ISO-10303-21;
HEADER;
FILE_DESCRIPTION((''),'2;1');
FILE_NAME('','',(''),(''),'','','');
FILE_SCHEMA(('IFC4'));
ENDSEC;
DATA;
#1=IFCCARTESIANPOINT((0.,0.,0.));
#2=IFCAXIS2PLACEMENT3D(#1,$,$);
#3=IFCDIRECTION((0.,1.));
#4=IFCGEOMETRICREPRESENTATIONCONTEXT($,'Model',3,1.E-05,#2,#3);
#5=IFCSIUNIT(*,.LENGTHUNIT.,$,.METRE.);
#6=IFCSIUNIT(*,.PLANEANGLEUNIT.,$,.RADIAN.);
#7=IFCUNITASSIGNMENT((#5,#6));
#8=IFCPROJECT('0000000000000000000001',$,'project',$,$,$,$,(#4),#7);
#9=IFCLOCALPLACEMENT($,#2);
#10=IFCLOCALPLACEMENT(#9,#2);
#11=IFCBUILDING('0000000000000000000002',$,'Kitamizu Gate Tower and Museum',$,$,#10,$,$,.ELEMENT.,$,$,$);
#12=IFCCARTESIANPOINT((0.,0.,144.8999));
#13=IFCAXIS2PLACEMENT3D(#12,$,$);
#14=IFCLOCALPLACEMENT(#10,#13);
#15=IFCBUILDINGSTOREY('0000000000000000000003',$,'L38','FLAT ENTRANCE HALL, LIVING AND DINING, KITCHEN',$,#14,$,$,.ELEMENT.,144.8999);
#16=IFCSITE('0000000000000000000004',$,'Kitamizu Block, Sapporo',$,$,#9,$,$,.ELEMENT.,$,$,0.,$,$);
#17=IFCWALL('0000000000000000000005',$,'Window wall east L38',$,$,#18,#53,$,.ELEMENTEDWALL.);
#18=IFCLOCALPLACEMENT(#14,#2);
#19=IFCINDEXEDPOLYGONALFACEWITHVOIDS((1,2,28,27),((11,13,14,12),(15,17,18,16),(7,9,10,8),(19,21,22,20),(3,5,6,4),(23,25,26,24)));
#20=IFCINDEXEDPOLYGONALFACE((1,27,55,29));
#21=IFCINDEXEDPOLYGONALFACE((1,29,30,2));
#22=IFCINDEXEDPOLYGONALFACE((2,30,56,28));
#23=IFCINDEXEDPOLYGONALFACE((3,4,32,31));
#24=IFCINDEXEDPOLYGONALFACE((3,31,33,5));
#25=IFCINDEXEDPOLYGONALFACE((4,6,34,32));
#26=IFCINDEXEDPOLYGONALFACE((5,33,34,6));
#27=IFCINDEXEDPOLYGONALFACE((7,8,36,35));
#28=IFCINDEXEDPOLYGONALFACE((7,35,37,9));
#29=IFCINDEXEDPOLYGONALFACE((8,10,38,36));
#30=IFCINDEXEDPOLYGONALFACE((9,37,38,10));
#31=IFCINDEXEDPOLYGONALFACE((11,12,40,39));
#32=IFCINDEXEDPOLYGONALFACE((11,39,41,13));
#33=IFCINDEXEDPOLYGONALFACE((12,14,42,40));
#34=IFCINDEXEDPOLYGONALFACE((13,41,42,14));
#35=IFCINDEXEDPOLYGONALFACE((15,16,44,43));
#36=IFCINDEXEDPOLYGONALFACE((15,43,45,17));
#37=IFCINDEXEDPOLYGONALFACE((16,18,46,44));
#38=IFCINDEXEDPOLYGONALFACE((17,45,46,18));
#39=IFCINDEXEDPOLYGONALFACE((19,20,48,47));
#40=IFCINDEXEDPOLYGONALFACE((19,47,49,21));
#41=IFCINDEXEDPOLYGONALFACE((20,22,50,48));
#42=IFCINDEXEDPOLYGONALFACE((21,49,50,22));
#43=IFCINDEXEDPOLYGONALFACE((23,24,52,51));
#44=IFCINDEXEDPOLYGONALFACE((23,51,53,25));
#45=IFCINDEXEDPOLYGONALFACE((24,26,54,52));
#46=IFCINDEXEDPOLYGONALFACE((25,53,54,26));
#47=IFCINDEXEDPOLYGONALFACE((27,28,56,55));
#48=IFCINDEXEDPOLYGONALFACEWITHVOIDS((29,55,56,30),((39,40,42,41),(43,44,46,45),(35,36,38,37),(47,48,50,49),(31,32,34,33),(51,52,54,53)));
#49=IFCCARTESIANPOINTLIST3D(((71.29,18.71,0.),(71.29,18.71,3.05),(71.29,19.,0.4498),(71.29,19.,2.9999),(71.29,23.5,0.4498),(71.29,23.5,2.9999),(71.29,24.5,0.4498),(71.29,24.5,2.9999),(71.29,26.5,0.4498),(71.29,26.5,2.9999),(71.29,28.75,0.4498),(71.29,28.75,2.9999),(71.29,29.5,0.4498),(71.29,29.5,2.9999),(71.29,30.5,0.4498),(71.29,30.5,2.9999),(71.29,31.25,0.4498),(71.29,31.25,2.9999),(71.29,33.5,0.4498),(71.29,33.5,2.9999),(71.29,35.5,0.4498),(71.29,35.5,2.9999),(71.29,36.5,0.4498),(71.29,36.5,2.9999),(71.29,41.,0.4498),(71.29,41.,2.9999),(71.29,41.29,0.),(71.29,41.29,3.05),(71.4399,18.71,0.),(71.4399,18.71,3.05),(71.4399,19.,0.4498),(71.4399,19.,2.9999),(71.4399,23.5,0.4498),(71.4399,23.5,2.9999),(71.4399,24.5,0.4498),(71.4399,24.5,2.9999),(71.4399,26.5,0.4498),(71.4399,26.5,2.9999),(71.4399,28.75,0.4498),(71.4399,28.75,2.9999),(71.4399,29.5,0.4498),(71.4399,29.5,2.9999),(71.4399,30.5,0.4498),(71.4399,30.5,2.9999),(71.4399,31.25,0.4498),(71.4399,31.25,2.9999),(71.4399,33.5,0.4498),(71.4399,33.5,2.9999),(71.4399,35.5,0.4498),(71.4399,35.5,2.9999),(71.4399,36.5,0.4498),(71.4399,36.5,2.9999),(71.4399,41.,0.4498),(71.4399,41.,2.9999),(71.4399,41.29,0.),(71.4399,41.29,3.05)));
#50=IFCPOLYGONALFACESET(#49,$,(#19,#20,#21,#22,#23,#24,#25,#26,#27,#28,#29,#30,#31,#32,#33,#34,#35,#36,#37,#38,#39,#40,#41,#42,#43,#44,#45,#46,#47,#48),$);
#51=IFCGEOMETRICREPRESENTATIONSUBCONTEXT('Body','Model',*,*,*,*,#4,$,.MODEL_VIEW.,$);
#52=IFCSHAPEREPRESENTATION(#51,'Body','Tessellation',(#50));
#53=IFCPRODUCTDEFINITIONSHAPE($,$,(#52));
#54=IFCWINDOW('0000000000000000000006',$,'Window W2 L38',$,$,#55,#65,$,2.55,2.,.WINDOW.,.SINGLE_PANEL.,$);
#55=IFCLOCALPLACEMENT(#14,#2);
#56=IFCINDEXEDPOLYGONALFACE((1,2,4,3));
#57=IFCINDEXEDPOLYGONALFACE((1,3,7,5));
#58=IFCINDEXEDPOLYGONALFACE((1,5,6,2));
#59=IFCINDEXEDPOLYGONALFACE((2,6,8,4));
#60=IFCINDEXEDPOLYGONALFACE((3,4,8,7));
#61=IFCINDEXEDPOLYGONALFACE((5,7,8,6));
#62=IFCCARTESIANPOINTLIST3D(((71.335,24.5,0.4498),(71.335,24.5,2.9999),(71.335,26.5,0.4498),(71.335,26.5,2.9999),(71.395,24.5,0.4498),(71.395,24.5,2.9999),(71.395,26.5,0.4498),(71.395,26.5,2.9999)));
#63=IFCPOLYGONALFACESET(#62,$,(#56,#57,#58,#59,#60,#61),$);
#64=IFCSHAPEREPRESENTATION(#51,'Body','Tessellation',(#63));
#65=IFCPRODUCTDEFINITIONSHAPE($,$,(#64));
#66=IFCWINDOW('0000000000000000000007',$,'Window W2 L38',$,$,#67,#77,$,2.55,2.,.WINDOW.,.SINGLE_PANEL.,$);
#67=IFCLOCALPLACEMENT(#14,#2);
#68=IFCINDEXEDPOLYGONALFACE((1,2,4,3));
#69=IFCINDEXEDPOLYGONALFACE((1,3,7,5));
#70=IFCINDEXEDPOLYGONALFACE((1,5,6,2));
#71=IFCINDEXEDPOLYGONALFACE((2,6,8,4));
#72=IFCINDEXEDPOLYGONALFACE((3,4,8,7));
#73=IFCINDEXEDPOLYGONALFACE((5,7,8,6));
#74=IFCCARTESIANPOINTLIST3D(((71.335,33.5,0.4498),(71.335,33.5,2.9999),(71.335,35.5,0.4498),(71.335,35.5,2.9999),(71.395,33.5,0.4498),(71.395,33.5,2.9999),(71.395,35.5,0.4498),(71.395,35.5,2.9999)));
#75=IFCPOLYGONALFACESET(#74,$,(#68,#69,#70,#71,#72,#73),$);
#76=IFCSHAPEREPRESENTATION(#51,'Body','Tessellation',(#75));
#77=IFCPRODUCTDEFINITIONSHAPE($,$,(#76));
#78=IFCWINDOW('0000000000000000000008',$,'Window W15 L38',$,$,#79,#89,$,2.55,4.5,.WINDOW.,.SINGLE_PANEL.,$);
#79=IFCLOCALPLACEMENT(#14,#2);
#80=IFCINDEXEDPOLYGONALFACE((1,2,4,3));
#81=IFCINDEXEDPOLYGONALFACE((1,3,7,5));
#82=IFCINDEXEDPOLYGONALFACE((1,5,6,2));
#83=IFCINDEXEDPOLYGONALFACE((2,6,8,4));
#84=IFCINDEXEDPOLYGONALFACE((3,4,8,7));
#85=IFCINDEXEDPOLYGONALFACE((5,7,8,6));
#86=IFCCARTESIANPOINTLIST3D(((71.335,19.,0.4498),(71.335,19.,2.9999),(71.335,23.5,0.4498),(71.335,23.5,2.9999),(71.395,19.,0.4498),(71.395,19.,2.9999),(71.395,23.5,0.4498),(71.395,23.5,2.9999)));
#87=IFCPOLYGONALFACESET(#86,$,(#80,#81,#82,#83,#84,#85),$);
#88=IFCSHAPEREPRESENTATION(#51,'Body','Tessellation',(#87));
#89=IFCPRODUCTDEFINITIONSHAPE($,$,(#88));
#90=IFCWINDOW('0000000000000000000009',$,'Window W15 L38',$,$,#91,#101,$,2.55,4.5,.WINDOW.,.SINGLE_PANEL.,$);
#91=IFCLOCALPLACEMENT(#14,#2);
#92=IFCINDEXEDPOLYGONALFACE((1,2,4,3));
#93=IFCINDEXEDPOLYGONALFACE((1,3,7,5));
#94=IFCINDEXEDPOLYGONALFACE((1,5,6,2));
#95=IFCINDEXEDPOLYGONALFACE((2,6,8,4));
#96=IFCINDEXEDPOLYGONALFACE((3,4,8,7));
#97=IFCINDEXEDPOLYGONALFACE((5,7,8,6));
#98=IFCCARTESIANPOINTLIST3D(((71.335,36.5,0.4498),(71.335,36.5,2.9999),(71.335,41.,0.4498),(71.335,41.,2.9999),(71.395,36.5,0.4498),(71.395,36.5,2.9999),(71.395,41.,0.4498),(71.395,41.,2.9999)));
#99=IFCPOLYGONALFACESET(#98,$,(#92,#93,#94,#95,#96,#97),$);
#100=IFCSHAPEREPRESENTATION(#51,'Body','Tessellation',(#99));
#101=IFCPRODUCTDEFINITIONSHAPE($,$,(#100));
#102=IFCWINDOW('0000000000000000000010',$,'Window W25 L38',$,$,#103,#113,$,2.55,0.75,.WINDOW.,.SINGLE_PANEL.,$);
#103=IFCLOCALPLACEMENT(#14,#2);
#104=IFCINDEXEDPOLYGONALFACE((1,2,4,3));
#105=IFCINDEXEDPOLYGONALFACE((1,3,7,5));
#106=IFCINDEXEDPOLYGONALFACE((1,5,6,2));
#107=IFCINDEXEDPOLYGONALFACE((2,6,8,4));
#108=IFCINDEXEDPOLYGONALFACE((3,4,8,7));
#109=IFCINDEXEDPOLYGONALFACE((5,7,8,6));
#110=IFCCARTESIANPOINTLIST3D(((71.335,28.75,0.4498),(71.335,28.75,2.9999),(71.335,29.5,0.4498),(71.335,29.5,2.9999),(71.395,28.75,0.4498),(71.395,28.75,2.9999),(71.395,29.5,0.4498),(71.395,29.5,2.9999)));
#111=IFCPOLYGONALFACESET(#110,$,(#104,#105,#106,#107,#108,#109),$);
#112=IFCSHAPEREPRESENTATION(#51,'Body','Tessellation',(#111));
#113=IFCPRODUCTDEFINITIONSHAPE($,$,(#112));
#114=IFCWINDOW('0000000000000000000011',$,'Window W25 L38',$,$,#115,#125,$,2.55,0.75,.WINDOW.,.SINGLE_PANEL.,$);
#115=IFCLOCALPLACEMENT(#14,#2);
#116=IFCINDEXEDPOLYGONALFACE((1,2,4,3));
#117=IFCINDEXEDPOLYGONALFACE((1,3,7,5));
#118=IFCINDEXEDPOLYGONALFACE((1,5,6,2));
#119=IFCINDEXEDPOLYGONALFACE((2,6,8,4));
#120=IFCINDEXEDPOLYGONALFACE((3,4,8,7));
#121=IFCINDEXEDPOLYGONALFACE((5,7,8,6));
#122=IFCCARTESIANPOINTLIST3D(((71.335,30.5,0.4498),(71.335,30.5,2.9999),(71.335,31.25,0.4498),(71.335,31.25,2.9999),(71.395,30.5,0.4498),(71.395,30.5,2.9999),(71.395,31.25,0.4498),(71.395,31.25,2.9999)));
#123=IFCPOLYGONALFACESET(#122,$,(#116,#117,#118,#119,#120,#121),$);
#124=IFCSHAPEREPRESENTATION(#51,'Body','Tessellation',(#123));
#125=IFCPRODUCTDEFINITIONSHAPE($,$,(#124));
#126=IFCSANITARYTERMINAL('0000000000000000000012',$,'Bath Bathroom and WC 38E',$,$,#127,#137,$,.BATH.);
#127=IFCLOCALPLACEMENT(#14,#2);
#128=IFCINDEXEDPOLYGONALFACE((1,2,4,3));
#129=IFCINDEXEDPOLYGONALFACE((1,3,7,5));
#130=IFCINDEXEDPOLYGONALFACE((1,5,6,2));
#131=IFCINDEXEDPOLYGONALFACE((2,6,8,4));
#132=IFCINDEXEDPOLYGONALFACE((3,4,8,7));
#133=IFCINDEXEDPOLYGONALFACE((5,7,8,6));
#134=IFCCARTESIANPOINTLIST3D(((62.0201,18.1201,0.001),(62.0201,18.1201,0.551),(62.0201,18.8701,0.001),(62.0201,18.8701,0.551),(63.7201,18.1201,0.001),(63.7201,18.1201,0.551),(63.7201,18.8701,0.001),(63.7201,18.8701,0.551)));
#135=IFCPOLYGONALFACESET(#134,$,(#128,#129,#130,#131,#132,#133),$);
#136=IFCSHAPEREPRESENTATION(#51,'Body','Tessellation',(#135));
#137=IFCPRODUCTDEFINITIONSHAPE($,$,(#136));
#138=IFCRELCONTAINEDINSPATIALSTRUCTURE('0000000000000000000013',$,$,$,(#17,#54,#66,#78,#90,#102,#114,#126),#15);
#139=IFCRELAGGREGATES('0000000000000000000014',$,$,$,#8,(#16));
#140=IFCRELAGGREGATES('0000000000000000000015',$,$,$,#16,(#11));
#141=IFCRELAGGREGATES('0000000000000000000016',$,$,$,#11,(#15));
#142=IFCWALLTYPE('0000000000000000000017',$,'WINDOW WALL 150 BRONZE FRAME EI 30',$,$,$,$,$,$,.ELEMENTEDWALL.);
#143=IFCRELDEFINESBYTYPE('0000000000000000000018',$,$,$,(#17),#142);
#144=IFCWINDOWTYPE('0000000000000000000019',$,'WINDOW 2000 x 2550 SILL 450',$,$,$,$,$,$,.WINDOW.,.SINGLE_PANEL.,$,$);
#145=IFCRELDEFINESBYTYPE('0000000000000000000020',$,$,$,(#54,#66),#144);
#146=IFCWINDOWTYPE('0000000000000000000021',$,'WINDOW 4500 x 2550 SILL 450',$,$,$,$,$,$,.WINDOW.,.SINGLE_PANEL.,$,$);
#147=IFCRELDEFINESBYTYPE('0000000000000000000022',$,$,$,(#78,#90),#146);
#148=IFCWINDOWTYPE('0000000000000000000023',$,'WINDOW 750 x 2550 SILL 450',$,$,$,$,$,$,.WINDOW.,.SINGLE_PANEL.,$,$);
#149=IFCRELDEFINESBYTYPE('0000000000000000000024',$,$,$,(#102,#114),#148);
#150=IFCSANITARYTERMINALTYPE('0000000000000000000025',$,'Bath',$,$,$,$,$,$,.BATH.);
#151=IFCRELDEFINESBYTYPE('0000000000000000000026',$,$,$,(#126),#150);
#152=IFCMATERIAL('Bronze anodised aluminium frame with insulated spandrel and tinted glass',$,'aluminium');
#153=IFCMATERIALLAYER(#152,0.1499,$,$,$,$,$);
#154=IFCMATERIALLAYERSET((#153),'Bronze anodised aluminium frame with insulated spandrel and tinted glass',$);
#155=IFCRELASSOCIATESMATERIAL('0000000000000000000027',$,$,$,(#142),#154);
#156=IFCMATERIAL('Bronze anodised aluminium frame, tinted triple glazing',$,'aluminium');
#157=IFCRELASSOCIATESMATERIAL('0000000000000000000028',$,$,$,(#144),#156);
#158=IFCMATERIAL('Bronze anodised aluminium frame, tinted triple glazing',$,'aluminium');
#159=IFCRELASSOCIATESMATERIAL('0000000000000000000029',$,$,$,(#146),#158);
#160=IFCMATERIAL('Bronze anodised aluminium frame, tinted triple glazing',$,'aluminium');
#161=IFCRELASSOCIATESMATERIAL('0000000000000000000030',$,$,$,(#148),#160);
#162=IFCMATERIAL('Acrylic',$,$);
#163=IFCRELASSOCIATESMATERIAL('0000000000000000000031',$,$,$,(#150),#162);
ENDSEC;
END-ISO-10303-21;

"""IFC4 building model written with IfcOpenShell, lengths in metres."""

from ifc_helpers import new_model, si_unit, direction, frame, frame_2d, origin, origin_2d, place, context, subcontext, project, spatial, rectangle, extrude, material, layer, layer_set, type_object, element, fill, save


model = new_model("IFC4")

# Units and contexts
model_context = context("Model", 3, precision=1e-05, world=origin(), true_north=direction((0.0, 1.0)))
body_context = subcontext(model_context, "Body", "Model", "MODEL_VIEW")
ifc_project = project(units=[si_unit("LENGTHUNIT", "METRE"), si_unit("PLANEANGLEUNIT", "RADIAN")], contexts=[model_context])

# Site, building, storey
site_placement = place(None, origin())
site = spatial("IfcSite", under=ifc_project, at=site_placement, Name="Kitamizu Block, Sapporo", CompositionType="ELEMENT", RefElevation=0.0)
building_placement = place(site_placement, origin())
building = spatial("IfcBuilding", under=site, at=building_placement, Name="Kitamizu Gate Tower and Museum", CompositionType="ELEMENT")
storey_placement = place(building_placement, frame((0.0, 0.0, 144.8999)))
storey = spatial("IfcBuildingStorey", under=building, at=storey_placement, Name="L38", Description="FLAT ENTRANCE HALL, LIVING AND DINING, KITCHEN", CompositionType="ELEMENT", Elevation=144.8999)

# Shared definitions
ifc_material_1 = material(Name="Bronze anodised aluminium frame with insulated spandrel and tinted glass", Category="aluminium")
ifc_layer_1 = layer(ifc_material_1, 0.1499)
ifc_layer_set_1 = layer_set([ifc_layer_1], Name="Bronze anodised aluminium frame with insulated spandrel and tinted glass")
wall_type_1 = type_object("IfcWallType", Name="WINDOW WALL 150 BRONZE FRAME EI 30", PredefinedType="ELEMENTEDWALL", material=ifc_layer_set_1)

# Wall, openings, windows
wall_1_placement = place(storey_placement, frame((71.365, 18.71, 0.0), z_axis=(0.0, 0.0, 1.0), x_axis=(0.0, 1.0, 0.0)))
wall_1 = element("IfcWall", 1, at=wall_1_placement, inside=storey, type_object=wall_type_1, Name="Window wall east L38", PredefinedType="ELEMENTEDWALL", context=body_context, shape_type="SweptSolid", body=[
    extrude(rectangle(XDim=22.5801, YDim=0.1499, at=frame_2d((11.29, 0.0))), origin(), (0.0, 0.0, 1.0), 3.05),
])
opening_1_placement = place(wall_1_placement, frame((0.29, 0.0, 0.45)))
opening_1 = element("IfcOpeningElement", 2, at=opening_1_placement, cuts=wall_1, PredefinedType="OPENING", context=body_context, shape_type="SweptSolid", body=[
    extrude(rectangle(XDim=4.5, YDim=2.55, at=frame_2d((2.25, 1.2749))), frame((0.0, 0.085, 0.0), z_axis=(0.0, -1.0, 0.0), x_axis=(1.0, 0.0, 0.0)), (0.0, 0.0, 1.0), 0.1699),
])
opening_2_placement = place(wall_1_placement, frame((5.79, 0.0, 0.45)))
opening_2 = element("IfcOpeningElement", 3, at=opening_2_placement, cuts=wall_1, PredefinedType="OPENING", context=body_context, shape_type="SweptSolid", body=[
    extrude(rectangle(XDim=2.0, YDim=2.55, at=frame_2d((1.0, 1.2749))), frame((0.0, 0.085, 0.0), z_axis=(0.0, -1.0, 0.0), x_axis=(1.0, 0.0, 0.0)), (0.0, 0.0, 1.0), 0.1699),
])
opening_3_placement = place(wall_1_placement, frame((10.04, 0.0, 0.45)))
opening_3 = element("IfcOpeningElement", 4, at=opening_3_placement, cuts=wall_1, PredefinedType="OPENING", context=body_context, shape_type="SweptSolid", body=[
    extrude(rectangle(XDim=0.75, YDim=2.55, at=frame_2d((0.375, 1.2749))), frame((0.0, 0.085, 0.0), z_axis=(0.0, -1.0, 0.0), x_axis=(1.0, 0.0, 0.0)), (0.0, 0.0, 1.0), 0.1699),
])
opening_4_placement = place(wall_1_placement, frame((11.79, 0.0, 0.45)))
opening_4 = element("IfcOpeningElement", 5, at=opening_4_placement, cuts=wall_1, PredefinedType="OPENING", context=body_context, shape_type="SweptSolid", body=[
    extrude(rectangle(XDim=0.75, YDim=2.55, at=frame_2d((0.375, 1.2749))), frame((0.0, 0.085, 0.0), z_axis=(0.0, -1.0, 0.0), x_axis=(1.0, 0.0, 0.0)), (0.0, 0.0, 1.0), 0.1699),
])
opening_5_placement = place(wall_1_placement, frame((14.79, 0.0, 0.45)))
opening_5 = element("IfcOpeningElement", 6, at=opening_5_placement, cuts=wall_1, PredefinedType="OPENING", context=body_context, shape_type="SweptSolid", body=[
    extrude(rectangle(XDim=2.0, YDim=2.55, at=frame_2d((1.0, 1.2749))), frame((0.0, 0.085, 0.0), z_axis=(0.0, -1.0, 0.0), x_axis=(1.0, 0.0, 0.0)), (0.0, 0.0, 1.0), 0.1699),
])
opening_6_placement = place(wall_1_placement, frame((17.79, 0.0, 0.45)))
opening_6 = element("IfcOpeningElement", 7, at=opening_6_placement, cuts=wall_1, PredefinedType="OPENING", context=body_context, shape_type="SweptSolid", body=[
    extrude(rectangle(XDim=4.5, YDim=2.55, at=frame_2d((2.25, 1.2749))), frame((0.0, 0.085, 0.0), z_axis=(0.0, -1.0, 0.0), x_axis=(1.0, 0.0, 0.0)), (0.0, 0.0, 1.0), 0.1699),
])
ifc_material_2 = material(Name="Bronze anodised aluminium frame, tinted triple glazing", Category="aluminium")
window_type_1 = type_object("IfcWindowType", Name="WINDOW 2000 x 2550 SILL 450", PartitioningType="SINGLE_PANEL", PredefinedType="WINDOW", material=ifc_material_2)
window_1_placement = place(opening_2_placement, origin())
window_1 = element("IfcWindow", 8, at=window_1_placement, inside=storey, type_object=window_type_1, Name="Window W2 L38", OverallHeight=2.55, OverallWidth=2.0, PartitioningType="SINGLE_PANEL", PredefinedType="WINDOW", context=body_context, shape_type="SweptSolid", body=[
    extrude(rectangle(XDim=2.0, YDim=2.55, at=frame_2d((1.0, 1.2749))), frame((0.0, 0.03, 0.0), z_axis=(0.0, -1.0, 0.0), x_axis=(1.0, 0.0, 0.0)), (0.0, 0.0, 1.0), 0.0601),
])
fill(opening_2, window_1)
window_2_placement = place(opening_5_placement, origin())
window_2 = element("IfcWindow", 9, at=window_2_placement, inside=storey, type_object=window_type_1, Name="Window W2 L38", OverallHeight=2.55, OverallWidth=2.0, PartitioningType="SINGLE_PANEL", PredefinedType="WINDOW", context=body_context, shape_type="SweptSolid", body=[
    extrude(rectangle(XDim=2.0, YDim=2.55, at=frame_2d((1.0, 1.2749))), frame((0.0, 0.03, 0.0), z_axis=(0.0, -1.0, 0.0), x_axis=(1.0, 0.0, 0.0)), (0.0, 0.0, 1.0), 0.0601),
])
fill(opening_5, window_2)
ifc_material_3 = material(Name="Bronze anodised aluminium frame, tinted triple glazing", Category="aluminium")
window_type_2 = type_object("IfcWindowType", Name="WINDOW 4500 x 2550 SILL 450", PartitioningType="SINGLE_PANEL", PredefinedType="WINDOW", material=ifc_material_3)
window_3_placement = place(opening_1_placement, origin())
window_3 = element("IfcWindow", 10, at=window_3_placement, inside=storey, type_object=window_type_2, Name="Window W15 L38", OverallHeight=2.55, OverallWidth=4.5, PartitioningType="SINGLE_PANEL", PredefinedType="WINDOW", context=body_context, shape_type="SweptSolid", body=[
    extrude(rectangle(XDim=4.5, YDim=2.55, at=frame_2d((2.25, 1.2749))), frame((0.0, 0.03, 0.0), z_axis=(0.0, -1.0, 0.0), x_axis=(1.0, 0.0, 0.0)), (0.0, 0.0, 1.0), 0.0601),
])
fill(opening_1, window_3)
window_4_placement = place(opening_6_placement, origin())
window_4 = element("IfcWindow", 11, at=window_4_placement, inside=storey, type_object=window_type_2, Name="Window W15 L38", OverallHeight=2.55, OverallWidth=4.5, PartitioningType="SINGLE_PANEL", PredefinedType="WINDOW", context=body_context, shape_type="SweptSolid", body=[
    extrude(rectangle(XDim=4.5, YDim=2.55, at=frame_2d((2.25, 1.2749))), frame((0.0, 0.03, 0.0), z_axis=(0.0, -1.0, 0.0), x_axis=(1.0, 0.0, 0.0)), (0.0, 0.0, 1.0), 0.0601),
])
fill(opening_6, window_4)
ifc_material_4 = material(Name="Bronze anodised aluminium frame, tinted triple glazing", Category="aluminium")
window_type_3 = type_object("IfcWindowType", Name="WINDOW 750 x 2550 SILL 450", PartitioningType="SINGLE_PANEL", PredefinedType="WINDOW", material=ifc_material_4)
window_5_placement = place(opening_3_placement, origin())
window_5 = element("IfcWindow", 12, at=window_5_placement, inside=storey, type_object=window_type_3, Name="Window W25 L38", OverallHeight=2.55, OverallWidth=0.75, PartitioningType="SINGLE_PANEL", PredefinedType="WINDOW", context=body_context, shape_type="SweptSolid", body=[
    extrude(rectangle(XDim=0.75, YDim=2.55, at=frame_2d((0.375, 1.2749))), frame((0.0, 0.03, 0.0), z_axis=(0.0, -1.0, 0.0), x_axis=(1.0, 0.0, 0.0)), (0.0, 0.0, 1.0), 0.0601),
])
fill(opening_3, window_5)
window_6_placement = place(opening_4_placement, origin())
window_6 = element("IfcWindow", 13, at=window_6_placement, inside=storey, type_object=window_type_3, Name="Window W25 L38", OverallHeight=2.55, OverallWidth=0.75, PartitioningType="SINGLE_PANEL", PredefinedType="WINDOW", context=body_context, shape_type="SweptSolid", body=[
    extrude(rectangle(XDim=0.75, YDim=2.55, at=frame_2d((0.375, 1.2749))), frame((0.0, 0.03, 0.0), z_axis=(0.0, -1.0, 0.0), x_axis=(1.0, 0.0, 0.0)), (0.0, 0.0, 1.0), 0.0601),
])
fill(opening_4, window_6)

# Sanitary terminal
ifc_material_5 = material(Name="Acrylic")
sanitary_terminal_type = type_object("IfcSanitaryTerminalType", Name="Bath", PredefinedType="BATH", material=ifc_material_5)
sanitary_terminal_placement = place(storey_placement, frame((62.8701, 18.4951, 0.001), z_axis=(0.0, 0.0, 1.0), x_axis=(1.0, 0.0, 0.0)))
element("IfcSanitaryTerminal", 14, at=sanitary_terminal_placement, inside=storey, type_object=sanitary_terminal_type, Name="Bath Bathroom and WC 38E", PredefinedType="BATH", context=body_context, shape_type="SweptSolid", body=[
    extrude(rectangle(XDim=1.7, YDim=0.75, at=origin_2d()), origin(), (0.0, 0.0, 1.0), 0.55),
])

save(model, "model.ifc")
